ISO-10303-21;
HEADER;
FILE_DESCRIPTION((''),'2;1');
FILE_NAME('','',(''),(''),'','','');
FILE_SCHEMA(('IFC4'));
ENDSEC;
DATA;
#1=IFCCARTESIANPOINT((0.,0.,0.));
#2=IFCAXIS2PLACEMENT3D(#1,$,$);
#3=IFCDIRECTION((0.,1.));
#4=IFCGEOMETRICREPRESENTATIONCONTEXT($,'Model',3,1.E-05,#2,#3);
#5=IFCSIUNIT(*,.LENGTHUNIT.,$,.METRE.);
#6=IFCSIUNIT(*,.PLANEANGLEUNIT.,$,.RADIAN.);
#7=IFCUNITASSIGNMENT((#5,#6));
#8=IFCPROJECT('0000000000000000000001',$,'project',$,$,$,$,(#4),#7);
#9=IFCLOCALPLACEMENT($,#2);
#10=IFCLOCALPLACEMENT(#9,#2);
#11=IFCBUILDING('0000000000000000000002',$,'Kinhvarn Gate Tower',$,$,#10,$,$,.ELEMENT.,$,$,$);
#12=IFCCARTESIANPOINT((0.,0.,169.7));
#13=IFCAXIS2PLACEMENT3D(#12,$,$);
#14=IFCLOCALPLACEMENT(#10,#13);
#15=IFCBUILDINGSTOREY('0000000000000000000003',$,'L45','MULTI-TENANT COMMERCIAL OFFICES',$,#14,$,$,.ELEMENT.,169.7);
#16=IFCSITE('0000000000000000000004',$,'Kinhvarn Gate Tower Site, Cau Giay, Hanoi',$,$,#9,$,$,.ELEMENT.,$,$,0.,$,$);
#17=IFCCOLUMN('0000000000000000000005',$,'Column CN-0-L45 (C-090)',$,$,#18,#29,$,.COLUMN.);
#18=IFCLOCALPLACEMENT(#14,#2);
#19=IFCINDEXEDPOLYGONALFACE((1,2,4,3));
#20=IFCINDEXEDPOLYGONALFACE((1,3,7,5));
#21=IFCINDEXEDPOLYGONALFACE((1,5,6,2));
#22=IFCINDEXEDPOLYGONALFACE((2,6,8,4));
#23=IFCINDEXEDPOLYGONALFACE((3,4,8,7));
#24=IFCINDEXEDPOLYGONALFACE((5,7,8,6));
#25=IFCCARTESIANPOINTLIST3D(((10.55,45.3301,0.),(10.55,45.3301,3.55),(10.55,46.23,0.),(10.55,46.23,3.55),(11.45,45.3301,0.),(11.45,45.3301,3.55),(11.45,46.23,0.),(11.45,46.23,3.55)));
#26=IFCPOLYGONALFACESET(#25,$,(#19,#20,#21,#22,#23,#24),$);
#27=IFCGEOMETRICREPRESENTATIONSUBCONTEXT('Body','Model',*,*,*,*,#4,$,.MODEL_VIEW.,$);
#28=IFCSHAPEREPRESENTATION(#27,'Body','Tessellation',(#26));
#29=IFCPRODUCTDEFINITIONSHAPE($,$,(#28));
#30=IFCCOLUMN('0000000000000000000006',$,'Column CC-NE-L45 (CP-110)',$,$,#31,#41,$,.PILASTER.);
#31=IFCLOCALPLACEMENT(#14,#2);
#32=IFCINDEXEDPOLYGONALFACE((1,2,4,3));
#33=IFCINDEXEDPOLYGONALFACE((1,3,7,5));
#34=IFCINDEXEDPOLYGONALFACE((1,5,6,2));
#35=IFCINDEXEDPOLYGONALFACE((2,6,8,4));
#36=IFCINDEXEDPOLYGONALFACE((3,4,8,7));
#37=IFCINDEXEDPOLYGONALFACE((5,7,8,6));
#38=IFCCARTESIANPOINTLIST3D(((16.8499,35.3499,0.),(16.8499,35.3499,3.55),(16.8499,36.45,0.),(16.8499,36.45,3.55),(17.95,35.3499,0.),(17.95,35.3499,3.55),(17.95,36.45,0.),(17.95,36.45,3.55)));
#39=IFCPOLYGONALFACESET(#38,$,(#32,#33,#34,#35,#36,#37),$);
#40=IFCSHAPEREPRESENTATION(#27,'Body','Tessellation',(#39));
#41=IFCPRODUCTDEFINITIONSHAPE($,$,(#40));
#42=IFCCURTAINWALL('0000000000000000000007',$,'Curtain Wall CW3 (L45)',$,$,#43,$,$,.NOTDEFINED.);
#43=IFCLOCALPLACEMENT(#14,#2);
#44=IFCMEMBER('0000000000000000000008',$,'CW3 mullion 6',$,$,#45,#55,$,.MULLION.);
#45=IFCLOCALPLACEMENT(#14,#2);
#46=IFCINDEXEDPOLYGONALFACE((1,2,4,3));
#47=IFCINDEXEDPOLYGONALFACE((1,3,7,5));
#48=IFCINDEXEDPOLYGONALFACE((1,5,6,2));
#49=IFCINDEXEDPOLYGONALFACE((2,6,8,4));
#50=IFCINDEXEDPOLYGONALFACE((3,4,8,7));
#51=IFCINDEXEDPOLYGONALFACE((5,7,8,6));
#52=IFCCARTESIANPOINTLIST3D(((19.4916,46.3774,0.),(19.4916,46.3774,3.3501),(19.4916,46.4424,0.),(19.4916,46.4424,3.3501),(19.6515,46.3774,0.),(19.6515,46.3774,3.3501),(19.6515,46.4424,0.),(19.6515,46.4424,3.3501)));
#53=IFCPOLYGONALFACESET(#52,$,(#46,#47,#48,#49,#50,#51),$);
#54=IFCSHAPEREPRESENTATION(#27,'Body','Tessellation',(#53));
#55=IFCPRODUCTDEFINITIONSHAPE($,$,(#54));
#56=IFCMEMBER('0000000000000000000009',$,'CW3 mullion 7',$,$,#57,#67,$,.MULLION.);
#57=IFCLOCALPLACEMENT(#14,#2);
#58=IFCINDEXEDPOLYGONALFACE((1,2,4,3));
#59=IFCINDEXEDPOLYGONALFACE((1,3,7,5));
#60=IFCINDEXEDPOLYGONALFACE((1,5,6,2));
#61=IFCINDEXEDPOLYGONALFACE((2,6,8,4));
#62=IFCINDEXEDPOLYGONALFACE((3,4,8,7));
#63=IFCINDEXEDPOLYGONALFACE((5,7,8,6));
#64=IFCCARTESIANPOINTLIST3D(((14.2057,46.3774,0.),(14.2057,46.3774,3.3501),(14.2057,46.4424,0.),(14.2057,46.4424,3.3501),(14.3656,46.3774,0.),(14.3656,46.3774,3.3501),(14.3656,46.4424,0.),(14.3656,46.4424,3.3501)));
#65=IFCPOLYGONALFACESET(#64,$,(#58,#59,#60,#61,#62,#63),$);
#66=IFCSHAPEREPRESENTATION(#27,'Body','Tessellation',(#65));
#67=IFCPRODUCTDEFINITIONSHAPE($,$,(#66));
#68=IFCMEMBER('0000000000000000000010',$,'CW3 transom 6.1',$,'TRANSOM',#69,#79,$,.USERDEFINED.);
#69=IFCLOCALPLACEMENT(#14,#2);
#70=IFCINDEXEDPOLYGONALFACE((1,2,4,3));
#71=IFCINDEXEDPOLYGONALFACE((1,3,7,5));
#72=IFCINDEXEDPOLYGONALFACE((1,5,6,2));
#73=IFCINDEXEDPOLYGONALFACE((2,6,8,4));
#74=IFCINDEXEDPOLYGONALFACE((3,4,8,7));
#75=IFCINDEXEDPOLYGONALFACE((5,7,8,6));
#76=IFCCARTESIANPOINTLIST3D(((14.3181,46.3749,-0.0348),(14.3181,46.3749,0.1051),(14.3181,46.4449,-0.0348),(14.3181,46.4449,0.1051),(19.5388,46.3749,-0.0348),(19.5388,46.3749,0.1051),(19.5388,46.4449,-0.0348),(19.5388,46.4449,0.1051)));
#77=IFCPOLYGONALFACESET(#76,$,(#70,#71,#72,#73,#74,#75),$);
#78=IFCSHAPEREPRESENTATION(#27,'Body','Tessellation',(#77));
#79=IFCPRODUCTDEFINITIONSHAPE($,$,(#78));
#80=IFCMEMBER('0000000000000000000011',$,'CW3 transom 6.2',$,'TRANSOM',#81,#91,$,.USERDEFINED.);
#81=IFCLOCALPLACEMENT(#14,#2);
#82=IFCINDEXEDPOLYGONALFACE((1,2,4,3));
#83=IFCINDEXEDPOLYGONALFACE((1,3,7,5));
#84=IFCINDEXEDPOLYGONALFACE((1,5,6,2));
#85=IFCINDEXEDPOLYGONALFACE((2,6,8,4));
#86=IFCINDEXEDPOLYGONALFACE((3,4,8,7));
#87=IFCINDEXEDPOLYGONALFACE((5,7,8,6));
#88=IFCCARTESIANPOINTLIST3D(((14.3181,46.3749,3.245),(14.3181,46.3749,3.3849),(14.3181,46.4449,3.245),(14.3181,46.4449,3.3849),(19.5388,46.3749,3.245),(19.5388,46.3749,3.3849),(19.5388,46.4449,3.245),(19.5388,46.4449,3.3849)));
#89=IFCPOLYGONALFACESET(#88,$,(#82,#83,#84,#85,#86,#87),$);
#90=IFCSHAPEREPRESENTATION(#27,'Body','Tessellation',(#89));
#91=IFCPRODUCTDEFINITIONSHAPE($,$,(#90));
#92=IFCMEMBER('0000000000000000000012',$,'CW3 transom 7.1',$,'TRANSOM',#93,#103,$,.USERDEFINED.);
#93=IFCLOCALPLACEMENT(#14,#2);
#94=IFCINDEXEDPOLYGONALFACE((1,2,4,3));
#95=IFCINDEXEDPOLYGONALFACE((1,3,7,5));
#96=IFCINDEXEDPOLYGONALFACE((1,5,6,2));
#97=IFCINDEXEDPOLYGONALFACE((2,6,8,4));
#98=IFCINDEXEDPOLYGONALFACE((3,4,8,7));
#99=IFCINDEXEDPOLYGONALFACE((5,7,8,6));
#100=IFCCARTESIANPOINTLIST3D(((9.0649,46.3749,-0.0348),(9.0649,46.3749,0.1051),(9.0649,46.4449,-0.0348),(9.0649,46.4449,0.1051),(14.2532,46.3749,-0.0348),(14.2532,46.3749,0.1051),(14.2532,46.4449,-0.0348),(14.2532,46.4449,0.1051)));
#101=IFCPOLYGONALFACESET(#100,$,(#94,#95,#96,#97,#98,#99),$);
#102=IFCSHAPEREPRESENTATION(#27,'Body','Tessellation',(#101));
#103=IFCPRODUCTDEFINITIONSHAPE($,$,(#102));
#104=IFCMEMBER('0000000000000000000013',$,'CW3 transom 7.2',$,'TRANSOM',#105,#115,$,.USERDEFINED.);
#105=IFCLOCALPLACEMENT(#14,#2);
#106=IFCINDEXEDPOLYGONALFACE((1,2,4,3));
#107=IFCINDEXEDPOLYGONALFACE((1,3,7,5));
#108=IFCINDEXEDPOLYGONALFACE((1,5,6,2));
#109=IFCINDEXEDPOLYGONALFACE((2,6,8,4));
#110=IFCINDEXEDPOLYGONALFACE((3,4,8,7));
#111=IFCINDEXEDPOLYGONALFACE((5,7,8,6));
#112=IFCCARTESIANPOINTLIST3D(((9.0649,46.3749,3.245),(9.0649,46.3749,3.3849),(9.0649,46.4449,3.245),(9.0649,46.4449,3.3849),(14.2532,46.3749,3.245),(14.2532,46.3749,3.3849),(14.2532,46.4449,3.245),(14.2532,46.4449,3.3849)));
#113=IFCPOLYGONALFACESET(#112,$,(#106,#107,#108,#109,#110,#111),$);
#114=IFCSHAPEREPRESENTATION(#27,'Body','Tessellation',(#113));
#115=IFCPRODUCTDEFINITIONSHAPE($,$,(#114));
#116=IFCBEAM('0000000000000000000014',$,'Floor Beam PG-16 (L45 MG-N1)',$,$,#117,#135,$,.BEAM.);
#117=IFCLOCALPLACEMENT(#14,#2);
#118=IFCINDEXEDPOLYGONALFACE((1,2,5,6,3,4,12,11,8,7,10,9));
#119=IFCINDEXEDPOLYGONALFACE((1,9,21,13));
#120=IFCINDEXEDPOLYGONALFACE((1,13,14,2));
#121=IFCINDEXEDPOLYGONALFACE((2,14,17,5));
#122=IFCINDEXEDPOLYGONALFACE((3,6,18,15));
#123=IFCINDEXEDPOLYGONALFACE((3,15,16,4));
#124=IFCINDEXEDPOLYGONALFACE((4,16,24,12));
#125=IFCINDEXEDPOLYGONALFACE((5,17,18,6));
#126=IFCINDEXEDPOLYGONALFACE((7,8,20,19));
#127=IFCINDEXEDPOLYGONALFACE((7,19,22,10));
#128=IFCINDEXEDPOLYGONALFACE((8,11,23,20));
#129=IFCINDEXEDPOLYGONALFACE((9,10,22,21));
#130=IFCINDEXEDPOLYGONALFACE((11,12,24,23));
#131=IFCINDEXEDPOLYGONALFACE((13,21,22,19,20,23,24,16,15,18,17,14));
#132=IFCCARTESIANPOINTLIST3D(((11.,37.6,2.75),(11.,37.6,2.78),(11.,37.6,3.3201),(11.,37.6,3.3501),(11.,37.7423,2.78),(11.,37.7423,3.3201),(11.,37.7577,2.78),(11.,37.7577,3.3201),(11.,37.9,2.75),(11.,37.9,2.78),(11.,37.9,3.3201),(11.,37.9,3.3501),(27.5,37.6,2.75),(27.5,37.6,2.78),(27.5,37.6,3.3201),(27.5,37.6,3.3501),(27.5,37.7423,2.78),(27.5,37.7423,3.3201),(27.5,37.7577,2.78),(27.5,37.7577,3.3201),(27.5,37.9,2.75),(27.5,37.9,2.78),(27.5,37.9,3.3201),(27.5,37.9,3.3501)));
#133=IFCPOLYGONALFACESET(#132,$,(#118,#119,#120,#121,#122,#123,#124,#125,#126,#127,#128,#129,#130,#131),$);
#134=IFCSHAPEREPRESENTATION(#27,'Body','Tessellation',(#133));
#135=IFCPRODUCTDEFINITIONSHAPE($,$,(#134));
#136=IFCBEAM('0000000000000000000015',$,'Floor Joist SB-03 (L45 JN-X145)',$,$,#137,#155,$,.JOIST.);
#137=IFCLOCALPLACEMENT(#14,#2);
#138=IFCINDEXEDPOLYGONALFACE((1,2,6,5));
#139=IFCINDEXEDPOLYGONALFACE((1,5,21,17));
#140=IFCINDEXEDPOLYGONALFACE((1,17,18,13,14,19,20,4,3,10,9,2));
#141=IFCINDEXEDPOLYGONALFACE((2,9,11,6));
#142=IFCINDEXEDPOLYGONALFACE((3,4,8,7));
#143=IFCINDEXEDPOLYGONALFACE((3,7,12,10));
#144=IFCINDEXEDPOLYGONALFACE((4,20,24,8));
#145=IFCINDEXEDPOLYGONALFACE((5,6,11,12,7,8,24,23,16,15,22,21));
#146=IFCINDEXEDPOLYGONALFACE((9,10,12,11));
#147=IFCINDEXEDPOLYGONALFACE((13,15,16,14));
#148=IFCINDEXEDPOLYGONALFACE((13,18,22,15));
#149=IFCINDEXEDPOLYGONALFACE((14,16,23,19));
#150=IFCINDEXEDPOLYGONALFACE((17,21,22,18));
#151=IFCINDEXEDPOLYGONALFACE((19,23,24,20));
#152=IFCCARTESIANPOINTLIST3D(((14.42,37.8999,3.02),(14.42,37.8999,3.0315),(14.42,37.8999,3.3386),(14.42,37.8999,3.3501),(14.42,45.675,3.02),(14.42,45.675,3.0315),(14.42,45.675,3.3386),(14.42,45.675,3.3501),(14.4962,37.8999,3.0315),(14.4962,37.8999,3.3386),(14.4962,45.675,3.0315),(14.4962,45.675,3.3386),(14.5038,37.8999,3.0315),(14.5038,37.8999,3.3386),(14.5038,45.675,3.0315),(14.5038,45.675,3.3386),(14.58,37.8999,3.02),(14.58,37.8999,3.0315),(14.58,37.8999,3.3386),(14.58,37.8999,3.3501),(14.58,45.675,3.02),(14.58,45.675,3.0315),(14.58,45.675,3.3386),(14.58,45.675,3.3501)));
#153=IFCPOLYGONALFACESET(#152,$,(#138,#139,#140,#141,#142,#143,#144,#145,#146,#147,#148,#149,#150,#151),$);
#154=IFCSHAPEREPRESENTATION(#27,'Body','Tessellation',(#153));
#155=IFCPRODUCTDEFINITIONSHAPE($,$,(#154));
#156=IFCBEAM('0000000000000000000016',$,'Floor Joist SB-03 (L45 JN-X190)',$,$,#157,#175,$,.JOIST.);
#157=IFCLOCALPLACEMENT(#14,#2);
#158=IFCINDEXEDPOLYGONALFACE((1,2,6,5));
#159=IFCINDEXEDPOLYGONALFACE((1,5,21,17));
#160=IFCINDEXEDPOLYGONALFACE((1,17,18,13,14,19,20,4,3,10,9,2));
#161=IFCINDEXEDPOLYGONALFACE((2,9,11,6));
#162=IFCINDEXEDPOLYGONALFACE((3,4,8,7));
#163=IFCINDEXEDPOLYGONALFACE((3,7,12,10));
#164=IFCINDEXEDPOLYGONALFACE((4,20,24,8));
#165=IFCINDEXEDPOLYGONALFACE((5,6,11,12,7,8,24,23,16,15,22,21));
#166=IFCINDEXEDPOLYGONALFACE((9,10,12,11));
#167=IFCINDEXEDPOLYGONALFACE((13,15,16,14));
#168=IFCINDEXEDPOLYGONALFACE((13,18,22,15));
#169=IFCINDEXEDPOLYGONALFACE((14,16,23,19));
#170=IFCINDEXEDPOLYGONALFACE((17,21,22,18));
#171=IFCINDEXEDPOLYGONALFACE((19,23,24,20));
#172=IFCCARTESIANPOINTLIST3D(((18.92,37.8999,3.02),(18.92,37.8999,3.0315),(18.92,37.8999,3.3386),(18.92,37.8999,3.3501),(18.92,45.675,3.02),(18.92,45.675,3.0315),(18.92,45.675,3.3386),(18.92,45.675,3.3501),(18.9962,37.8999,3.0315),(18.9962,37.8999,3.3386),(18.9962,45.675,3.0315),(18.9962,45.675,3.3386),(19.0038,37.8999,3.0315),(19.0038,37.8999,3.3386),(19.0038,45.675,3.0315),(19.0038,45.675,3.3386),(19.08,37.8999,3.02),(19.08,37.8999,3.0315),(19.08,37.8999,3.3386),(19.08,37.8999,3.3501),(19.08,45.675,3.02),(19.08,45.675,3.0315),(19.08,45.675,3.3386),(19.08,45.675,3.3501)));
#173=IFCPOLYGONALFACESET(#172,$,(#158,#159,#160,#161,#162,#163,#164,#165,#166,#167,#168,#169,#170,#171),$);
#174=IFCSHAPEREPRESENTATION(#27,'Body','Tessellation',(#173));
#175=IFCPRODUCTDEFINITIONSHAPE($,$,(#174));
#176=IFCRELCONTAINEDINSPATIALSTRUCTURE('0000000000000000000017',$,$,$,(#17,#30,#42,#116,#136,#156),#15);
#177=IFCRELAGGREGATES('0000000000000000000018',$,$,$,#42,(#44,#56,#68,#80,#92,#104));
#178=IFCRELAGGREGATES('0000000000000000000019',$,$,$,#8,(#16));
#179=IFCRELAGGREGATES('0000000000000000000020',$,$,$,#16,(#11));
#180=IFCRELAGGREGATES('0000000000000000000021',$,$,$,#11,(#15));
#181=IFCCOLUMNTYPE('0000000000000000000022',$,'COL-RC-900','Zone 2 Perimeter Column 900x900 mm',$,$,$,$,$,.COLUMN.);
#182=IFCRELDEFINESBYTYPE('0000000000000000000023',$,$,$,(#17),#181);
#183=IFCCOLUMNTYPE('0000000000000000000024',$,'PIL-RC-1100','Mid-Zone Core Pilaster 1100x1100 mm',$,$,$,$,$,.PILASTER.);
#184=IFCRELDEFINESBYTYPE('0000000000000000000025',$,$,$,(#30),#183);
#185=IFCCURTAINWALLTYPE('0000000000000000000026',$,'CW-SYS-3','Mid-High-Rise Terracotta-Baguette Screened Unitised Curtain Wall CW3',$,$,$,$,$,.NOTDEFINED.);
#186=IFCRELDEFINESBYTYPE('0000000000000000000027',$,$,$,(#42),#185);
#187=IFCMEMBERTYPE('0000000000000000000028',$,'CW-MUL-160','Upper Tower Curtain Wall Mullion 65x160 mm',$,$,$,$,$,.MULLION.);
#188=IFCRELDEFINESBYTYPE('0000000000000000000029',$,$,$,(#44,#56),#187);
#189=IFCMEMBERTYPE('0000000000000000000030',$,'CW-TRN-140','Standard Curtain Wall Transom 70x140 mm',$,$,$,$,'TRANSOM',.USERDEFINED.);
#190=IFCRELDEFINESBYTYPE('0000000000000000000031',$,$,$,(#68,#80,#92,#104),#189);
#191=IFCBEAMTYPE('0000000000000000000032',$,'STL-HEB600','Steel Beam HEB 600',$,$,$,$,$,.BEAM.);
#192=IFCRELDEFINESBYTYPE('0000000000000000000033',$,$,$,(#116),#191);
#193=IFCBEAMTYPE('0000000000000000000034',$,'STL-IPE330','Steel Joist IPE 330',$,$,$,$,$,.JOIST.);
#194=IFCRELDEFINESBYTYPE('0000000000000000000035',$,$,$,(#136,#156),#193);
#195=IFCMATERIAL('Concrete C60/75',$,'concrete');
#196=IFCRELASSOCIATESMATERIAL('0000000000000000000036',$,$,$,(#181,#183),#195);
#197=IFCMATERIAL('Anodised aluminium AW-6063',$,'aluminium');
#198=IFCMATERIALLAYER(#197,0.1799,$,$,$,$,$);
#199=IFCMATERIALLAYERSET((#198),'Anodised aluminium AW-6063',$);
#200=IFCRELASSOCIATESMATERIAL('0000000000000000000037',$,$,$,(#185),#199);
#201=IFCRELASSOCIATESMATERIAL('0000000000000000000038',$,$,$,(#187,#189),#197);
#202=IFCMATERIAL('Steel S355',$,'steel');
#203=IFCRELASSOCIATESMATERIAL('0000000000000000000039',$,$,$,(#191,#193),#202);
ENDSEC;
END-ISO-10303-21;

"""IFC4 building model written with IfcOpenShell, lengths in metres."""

from ifc_helpers import new_model, si_unit, direction, frame, origin, origin_2d, place, context, subcontext, project, spatial, rectangle, i_section, extrude, material, layer, layer_set, material_profile, profile_set, type_object, element, aggregate, save


model = new_model("IFC4")

# Units and contexts
model_context = context("Model", 3, precision=1e-05, world=origin(), true_north=direction((0.0, 1.0)))
body_context = subcontext(model_context, "Body", "Model", "MODEL_VIEW")
ifc_project = project(units=[si_unit("LENGTHUNIT", "METRE"), si_unit("PLANEANGLEUNIT", "RADIAN")], contexts=[model_context])

# Site, building, storey
site_placement = place(None, origin())
site = spatial("IfcSite", under=ifc_project, at=site_placement, Name="Kinhvarn Gate Tower Site, Cau Giay, Hanoi", CompositionType="ELEMENT", RefElevation=0.0)
building_placement = place(site_placement, origin())
building = spatial("IfcBuilding", under=site, at=building_placement, Name="Kinhvarn Gate Tower", CompositionType="ELEMENT")
storey_placement = place(building_placement, frame((0.0, 0.0, 169.7)))
storey = spatial("IfcBuildingStorey", under=building, at=storey_placement, Name="L45", Description="MULTI-TENANT COMMERCIAL OFFICES", CompositionType="ELEMENT", Elevation=169.7)

# Columns
ifc_material_1 = material(Name="Concrete C60/75", Category="concrete")
ifc_material_profile_1 = material_profile(ifc_material_1, rectangle(XDim=0.8999, YDim=0.8999, at=origin_2d()), Name="RC 900x900")
ifc_profile_set_1 = profile_set([ifc_material_profile_1], Name="Concrete C60/75")
column_type_1 = type_object("IfcColumnType", Name="COL-RC-900", Description="Zone 2 Perimeter Column 900x900 mm", PredefinedType="COLUMN", material=ifc_profile_set_1)
column_1_placement = place(storey_placement, frame((11.0, 45.78, 0.0), z_axis=(0.0, 0.0, 1.0), x_axis=(1.0, 0.0, 0.0)))
element("IfcColumn", 1, at=column_1_placement, inside=storey, type_object=column_type_1, Name="Column CN-0-L45 (C-090)", PredefinedType="COLUMN", context=body_context, shape_type="SweptSolid", body=[
    extrude(rectangle(XDim=0.8999, YDim=0.8999, at=origin_2d()), origin(), (0.0, 0.0, 1.0), 3.55),
])
ifc_material_profile_2 = material_profile(ifc_material_1, rectangle(XDim=1.1001, YDim=1.1001, at=origin_2d()), Name="RC 1100x1100")
ifc_profile_set_2 = profile_set([ifc_material_profile_2], Name="Concrete C60/75")
column_type_2 = type_object("IfcColumnType", Name="PIL-RC-1100", Description="Mid-Zone Core Pilaster 1100x1100 mm", PredefinedType="PILASTER", material=ifc_profile_set_2)
column_2_placement = place(storey_placement, frame((17.3999, 35.8999, 0.0), z_axis=(0.0, 0.0, 1.0), x_axis=(1.0, 0.0, 0.0)))
element("IfcColumn", 2, at=column_2_placement, inside=storey, type_object=column_type_2, Name="Column CC-NE-L45 (CP-110)", PredefinedType="PILASTER", context=body_context, shape_type="SweptSolid", body=[
    extrude(rectangle(XDim=1.1001, YDim=1.1001, at=origin_2d()), origin(), (0.0, 0.0, 1.0), 3.55),
])

# Curtain wall, members
ifc_material_2 = material(Name="Anodised aluminium AW-6063", Category="aluminium")
ifc_layer_1 = layer(ifc_material_2, 0.1799)
ifc_layer_set_1 = layer_set([ifc_layer_1], Name="Anodised aluminium AW-6063")
curtain_wall_type = type_object("IfcCurtainWallType", Name="CW-SYS-3", Description="Mid-High-Rise Terracotta-Baguette Screened Unitised Curtain Wall CW3", PredefinedType="NOTDEFINED", material=ifc_layer_set_1)
curtain_wall_placement = place(storey_placement, origin())
curtain_wall = element("IfcCurtainWall", 3, at=curtain_wall_placement, inside=storey, type_object=curtain_wall_type, Name="Curtain Wall CW3 (L45)", PredefinedType="NOTDEFINED")
ifc_material_profile_3 = material_profile(ifc_material_2, rectangle(XDim=0.0649, YDim=0.1599, at=origin_2d()), Name="ALU 65x160")
ifc_profile_set_3 = profile_set([ifc_material_profile_3], Name="Anodised aluminium AW-6063")
member_type_1 = type_object("IfcMemberType", Name="CW-MUL-160", Description="Upper Tower Curtain Wall Mullion 65x160 mm", PredefinedType="MULLION", material=ifc_profile_set_3)
member_1_placement = place(storey_placement, frame((19.5715, 46.4099, 0.0), z_axis=(0.0, 0.0, 1.0), x_axis=(0.0, -1.0, 0.0)))
member_1 = element("IfcMember", 4, at=member_1_placement, type_object=member_type_1, Name="CW3 mullion 6", PredefinedType="MULLION", context=body_context, shape_type="SweptSolid", body=[
    extrude(rectangle(XDim=0.0649, YDim=0.1599, at=origin_2d()), origin(), (0.0, 0.0, 1.0), 3.3501),
])
member_2_placement = place(storey_placement, frame((14.2856, 46.4099, 0.0), z_axis=(0.0, 0.0, 1.0), x_axis=(0.0, -1.0, 0.0)))
member_2 = element("IfcMember", 5, at=member_2_placement, type_object=member_type_1, Name="CW3 mullion 7", PredefinedType="MULLION", context=body_context, shape_type="SweptSolid", body=[
    extrude(rectangle(XDim=0.0649, YDim=0.1599, at=origin_2d()), origin(), (0.0, 0.0, 1.0), 3.3501),
])
ifc_material_profile_4 = material_profile(ifc_material_2, rectangle(XDim=0.0701, YDim=0.1399, at=origin_2d()), Name="ALU 70x140")
ifc_profile_set_4 = profile_set([ifc_material_profile_4], Name="Anodised aluminium AW-6063")
member_type_2 = type_object("IfcMemberType", Name="CW-TRN-140", Description="Standard Curtain Wall Transom 70x140 mm", ElementType="TRANSOM", PredefinedType="USERDEFINED", material=ifc_profile_set_4)
member_3_placement = place(storey_placement, frame((19.5388, 46.4099, 0.0352), z_axis=(-1.0, 0.0, 0.0), x_axis=(0.0, -1.0, 0.0)))
member_3 = element("IfcMember", 6, at=member_3_placement, type_object=member_type_2, Name="CW3 transom 6.1", ObjectType="TRANSOM", PredefinedType="USERDEFINED", context=body_context, shape_type="SweptSolid", body=[
    extrude(rectangle(XDim=0.0701, YDim=0.1399, at=origin_2d()), origin(), (0.0, 0.0, 1.0), 5.2207),
])
member_4_placement = place(storey_placement, frame((19.5388, 46.4099, 3.3149), z_axis=(-1.0, 0.0, 0.0), x_axis=(0.0, -1.0, 0.0)))
member_4 = element("IfcMember", 7, at=member_4_placement, type_object=member_type_2, Name="CW3 transom 6.2", ObjectType="TRANSOM", PredefinedType="USERDEFINED", context=body_context, shape_type="SweptSolid", body=[
    extrude(rectangle(XDim=0.0701, YDim=0.1399, at=origin_2d()), origin(), (0.0, 0.0, 1.0), 5.2207),
])
member_5_placement = place(storey_placement, frame((14.2532, 46.4099, 0.0352), z_axis=(-1.0, 0.0, 0.0), x_axis=(0.0, -1.0, 0.0)))
member_5 = element("IfcMember", 8, at=member_5_placement, type_object=member_type_2, Name="CW3 transom 7.1", ObjectType="TRANSOM", PredefinedType="USERDEFINED", context=body_context, shape_type="SweptSolid", body=[
    extrude(rectangle(XDim=0.0701, YDim=0.1399, at=origin_2d()), origin(), (0.0, 0.0, 1.0), 5.1882),
])
member_6_placement = place(storey_placement, frame((14.2532, 46.4099, 3.3149), z_axis=(-1.0, 0.0, 0.0), x_axis=(0.0, -1.0, 0.0)))
member_6 = element("IfcMember", 9, at=member_6_placement, type_object=member_type_2, Name="CW3 transom 7.2", ObjectType="TRANSOM", PredefinedType="USERDEFINED", context=body_context, shape_type="SweptSolid", body=[
    extrude(rectangle(XDim=0.0701, YDim=0.1399, at=origin_2d()), origin(), (0.0, 0.0, 1.0), 5.1882),
])

# Beams
ifc_material_3 = material(Name="Steel S355", Category="steel")
ifc_material_profile_5 = material_profile(ifc_material_3, i_section(OverallWidth=0.3, OverallDepth=0.6001, WebThickness=0.0154, FlangeThickness=0.03, at=origin_2d()), Name="HEB 600")
ifc_profile_set_5 = profile_set([ifc_material_profile_5], Name="Steel S355")
beam_type_1 = type_object("IfcBeamType", Name="STL-HEB600", Description="Steel Beam HEB 600", PredefinedType="BEAM", material=ifc_profile_set_5)
beam_1_placement = place(storey_placement, frame((11.0, 37.75, 3.05), z_axis=(1.0, 0.0, 0.0), x_axis=(0.0, 1.0, 0.0)))
element("IfcBeam", 10, at=beam_1_placement, inside=storey, type_object=beam_type_1, Name="Floor Beam PG-16 (L45 MG-N1)", PredefinedType="BEAM", context=body_context, shape_type="SweptSolid", body=[
    extrude(i_section(OverallWidth=0.3, OverallDepth=0.6001, WebThickness=0.0154, FlangeThickness=0.03, at=origin_2d()), origin(), (0.0, 0.0, 1.0), 16.5),
])
ifc_material_profile_6 = material_profile(ifc_material_3, i_section(OverallWidth=0.1599, OverallDepth=0.3301, WebThickness=0.0076, FlangeThickness=0.0115, at=origin_2d()), Name="IPE 330")
ifc_profile_set_6 = profile_set([ifc_material_profile_6], Name="Steel S355")
beam_type_2 = type_object("IfcBeamType", Name="STL-IPE330", Description="Steel Joist IPE 330", PredefinedType="JOIST", material=ifc_profile_set_6)
for number, where, z_axis, x_axis, name in (
    (11, (14.5, 37.8999, 3.1851), (0.0, 1.0, 0.0), (-1.0, 0.0, 0.0), "Floor Joist SB-03 (L45 JN-X145)"),
    (12, (19.0, 37.8999, 3.1851), (0.0, 1.0, 0.0), (-1.0, 0.0, 0.0), "Floor Joist SB-03 (L45 JN-X190)"),
):
    element("IfcBeam", number, at=place(storey_placement, frame(where, z_axis=z_axis, x_axis=x_axis)), inside=storey, type_object=beam_type_2, Name=name, PredefinedType="JOIST", context=body_context, shape_type="SweptSolid", body=[
        extrude(i_section(OverallWidth=0.1599, OverallDepth=0.3301, WebThickness=0.0076, FlangeThickness=0.0115, at=origin_2d()), origin(), (0.0, 0.0, 1.0), 7.7751),
    ])

aggregate(curtain_wall, [member_1, member_2, member_3, member_4, member_5, member_6])

save(model, "model.ifc")
